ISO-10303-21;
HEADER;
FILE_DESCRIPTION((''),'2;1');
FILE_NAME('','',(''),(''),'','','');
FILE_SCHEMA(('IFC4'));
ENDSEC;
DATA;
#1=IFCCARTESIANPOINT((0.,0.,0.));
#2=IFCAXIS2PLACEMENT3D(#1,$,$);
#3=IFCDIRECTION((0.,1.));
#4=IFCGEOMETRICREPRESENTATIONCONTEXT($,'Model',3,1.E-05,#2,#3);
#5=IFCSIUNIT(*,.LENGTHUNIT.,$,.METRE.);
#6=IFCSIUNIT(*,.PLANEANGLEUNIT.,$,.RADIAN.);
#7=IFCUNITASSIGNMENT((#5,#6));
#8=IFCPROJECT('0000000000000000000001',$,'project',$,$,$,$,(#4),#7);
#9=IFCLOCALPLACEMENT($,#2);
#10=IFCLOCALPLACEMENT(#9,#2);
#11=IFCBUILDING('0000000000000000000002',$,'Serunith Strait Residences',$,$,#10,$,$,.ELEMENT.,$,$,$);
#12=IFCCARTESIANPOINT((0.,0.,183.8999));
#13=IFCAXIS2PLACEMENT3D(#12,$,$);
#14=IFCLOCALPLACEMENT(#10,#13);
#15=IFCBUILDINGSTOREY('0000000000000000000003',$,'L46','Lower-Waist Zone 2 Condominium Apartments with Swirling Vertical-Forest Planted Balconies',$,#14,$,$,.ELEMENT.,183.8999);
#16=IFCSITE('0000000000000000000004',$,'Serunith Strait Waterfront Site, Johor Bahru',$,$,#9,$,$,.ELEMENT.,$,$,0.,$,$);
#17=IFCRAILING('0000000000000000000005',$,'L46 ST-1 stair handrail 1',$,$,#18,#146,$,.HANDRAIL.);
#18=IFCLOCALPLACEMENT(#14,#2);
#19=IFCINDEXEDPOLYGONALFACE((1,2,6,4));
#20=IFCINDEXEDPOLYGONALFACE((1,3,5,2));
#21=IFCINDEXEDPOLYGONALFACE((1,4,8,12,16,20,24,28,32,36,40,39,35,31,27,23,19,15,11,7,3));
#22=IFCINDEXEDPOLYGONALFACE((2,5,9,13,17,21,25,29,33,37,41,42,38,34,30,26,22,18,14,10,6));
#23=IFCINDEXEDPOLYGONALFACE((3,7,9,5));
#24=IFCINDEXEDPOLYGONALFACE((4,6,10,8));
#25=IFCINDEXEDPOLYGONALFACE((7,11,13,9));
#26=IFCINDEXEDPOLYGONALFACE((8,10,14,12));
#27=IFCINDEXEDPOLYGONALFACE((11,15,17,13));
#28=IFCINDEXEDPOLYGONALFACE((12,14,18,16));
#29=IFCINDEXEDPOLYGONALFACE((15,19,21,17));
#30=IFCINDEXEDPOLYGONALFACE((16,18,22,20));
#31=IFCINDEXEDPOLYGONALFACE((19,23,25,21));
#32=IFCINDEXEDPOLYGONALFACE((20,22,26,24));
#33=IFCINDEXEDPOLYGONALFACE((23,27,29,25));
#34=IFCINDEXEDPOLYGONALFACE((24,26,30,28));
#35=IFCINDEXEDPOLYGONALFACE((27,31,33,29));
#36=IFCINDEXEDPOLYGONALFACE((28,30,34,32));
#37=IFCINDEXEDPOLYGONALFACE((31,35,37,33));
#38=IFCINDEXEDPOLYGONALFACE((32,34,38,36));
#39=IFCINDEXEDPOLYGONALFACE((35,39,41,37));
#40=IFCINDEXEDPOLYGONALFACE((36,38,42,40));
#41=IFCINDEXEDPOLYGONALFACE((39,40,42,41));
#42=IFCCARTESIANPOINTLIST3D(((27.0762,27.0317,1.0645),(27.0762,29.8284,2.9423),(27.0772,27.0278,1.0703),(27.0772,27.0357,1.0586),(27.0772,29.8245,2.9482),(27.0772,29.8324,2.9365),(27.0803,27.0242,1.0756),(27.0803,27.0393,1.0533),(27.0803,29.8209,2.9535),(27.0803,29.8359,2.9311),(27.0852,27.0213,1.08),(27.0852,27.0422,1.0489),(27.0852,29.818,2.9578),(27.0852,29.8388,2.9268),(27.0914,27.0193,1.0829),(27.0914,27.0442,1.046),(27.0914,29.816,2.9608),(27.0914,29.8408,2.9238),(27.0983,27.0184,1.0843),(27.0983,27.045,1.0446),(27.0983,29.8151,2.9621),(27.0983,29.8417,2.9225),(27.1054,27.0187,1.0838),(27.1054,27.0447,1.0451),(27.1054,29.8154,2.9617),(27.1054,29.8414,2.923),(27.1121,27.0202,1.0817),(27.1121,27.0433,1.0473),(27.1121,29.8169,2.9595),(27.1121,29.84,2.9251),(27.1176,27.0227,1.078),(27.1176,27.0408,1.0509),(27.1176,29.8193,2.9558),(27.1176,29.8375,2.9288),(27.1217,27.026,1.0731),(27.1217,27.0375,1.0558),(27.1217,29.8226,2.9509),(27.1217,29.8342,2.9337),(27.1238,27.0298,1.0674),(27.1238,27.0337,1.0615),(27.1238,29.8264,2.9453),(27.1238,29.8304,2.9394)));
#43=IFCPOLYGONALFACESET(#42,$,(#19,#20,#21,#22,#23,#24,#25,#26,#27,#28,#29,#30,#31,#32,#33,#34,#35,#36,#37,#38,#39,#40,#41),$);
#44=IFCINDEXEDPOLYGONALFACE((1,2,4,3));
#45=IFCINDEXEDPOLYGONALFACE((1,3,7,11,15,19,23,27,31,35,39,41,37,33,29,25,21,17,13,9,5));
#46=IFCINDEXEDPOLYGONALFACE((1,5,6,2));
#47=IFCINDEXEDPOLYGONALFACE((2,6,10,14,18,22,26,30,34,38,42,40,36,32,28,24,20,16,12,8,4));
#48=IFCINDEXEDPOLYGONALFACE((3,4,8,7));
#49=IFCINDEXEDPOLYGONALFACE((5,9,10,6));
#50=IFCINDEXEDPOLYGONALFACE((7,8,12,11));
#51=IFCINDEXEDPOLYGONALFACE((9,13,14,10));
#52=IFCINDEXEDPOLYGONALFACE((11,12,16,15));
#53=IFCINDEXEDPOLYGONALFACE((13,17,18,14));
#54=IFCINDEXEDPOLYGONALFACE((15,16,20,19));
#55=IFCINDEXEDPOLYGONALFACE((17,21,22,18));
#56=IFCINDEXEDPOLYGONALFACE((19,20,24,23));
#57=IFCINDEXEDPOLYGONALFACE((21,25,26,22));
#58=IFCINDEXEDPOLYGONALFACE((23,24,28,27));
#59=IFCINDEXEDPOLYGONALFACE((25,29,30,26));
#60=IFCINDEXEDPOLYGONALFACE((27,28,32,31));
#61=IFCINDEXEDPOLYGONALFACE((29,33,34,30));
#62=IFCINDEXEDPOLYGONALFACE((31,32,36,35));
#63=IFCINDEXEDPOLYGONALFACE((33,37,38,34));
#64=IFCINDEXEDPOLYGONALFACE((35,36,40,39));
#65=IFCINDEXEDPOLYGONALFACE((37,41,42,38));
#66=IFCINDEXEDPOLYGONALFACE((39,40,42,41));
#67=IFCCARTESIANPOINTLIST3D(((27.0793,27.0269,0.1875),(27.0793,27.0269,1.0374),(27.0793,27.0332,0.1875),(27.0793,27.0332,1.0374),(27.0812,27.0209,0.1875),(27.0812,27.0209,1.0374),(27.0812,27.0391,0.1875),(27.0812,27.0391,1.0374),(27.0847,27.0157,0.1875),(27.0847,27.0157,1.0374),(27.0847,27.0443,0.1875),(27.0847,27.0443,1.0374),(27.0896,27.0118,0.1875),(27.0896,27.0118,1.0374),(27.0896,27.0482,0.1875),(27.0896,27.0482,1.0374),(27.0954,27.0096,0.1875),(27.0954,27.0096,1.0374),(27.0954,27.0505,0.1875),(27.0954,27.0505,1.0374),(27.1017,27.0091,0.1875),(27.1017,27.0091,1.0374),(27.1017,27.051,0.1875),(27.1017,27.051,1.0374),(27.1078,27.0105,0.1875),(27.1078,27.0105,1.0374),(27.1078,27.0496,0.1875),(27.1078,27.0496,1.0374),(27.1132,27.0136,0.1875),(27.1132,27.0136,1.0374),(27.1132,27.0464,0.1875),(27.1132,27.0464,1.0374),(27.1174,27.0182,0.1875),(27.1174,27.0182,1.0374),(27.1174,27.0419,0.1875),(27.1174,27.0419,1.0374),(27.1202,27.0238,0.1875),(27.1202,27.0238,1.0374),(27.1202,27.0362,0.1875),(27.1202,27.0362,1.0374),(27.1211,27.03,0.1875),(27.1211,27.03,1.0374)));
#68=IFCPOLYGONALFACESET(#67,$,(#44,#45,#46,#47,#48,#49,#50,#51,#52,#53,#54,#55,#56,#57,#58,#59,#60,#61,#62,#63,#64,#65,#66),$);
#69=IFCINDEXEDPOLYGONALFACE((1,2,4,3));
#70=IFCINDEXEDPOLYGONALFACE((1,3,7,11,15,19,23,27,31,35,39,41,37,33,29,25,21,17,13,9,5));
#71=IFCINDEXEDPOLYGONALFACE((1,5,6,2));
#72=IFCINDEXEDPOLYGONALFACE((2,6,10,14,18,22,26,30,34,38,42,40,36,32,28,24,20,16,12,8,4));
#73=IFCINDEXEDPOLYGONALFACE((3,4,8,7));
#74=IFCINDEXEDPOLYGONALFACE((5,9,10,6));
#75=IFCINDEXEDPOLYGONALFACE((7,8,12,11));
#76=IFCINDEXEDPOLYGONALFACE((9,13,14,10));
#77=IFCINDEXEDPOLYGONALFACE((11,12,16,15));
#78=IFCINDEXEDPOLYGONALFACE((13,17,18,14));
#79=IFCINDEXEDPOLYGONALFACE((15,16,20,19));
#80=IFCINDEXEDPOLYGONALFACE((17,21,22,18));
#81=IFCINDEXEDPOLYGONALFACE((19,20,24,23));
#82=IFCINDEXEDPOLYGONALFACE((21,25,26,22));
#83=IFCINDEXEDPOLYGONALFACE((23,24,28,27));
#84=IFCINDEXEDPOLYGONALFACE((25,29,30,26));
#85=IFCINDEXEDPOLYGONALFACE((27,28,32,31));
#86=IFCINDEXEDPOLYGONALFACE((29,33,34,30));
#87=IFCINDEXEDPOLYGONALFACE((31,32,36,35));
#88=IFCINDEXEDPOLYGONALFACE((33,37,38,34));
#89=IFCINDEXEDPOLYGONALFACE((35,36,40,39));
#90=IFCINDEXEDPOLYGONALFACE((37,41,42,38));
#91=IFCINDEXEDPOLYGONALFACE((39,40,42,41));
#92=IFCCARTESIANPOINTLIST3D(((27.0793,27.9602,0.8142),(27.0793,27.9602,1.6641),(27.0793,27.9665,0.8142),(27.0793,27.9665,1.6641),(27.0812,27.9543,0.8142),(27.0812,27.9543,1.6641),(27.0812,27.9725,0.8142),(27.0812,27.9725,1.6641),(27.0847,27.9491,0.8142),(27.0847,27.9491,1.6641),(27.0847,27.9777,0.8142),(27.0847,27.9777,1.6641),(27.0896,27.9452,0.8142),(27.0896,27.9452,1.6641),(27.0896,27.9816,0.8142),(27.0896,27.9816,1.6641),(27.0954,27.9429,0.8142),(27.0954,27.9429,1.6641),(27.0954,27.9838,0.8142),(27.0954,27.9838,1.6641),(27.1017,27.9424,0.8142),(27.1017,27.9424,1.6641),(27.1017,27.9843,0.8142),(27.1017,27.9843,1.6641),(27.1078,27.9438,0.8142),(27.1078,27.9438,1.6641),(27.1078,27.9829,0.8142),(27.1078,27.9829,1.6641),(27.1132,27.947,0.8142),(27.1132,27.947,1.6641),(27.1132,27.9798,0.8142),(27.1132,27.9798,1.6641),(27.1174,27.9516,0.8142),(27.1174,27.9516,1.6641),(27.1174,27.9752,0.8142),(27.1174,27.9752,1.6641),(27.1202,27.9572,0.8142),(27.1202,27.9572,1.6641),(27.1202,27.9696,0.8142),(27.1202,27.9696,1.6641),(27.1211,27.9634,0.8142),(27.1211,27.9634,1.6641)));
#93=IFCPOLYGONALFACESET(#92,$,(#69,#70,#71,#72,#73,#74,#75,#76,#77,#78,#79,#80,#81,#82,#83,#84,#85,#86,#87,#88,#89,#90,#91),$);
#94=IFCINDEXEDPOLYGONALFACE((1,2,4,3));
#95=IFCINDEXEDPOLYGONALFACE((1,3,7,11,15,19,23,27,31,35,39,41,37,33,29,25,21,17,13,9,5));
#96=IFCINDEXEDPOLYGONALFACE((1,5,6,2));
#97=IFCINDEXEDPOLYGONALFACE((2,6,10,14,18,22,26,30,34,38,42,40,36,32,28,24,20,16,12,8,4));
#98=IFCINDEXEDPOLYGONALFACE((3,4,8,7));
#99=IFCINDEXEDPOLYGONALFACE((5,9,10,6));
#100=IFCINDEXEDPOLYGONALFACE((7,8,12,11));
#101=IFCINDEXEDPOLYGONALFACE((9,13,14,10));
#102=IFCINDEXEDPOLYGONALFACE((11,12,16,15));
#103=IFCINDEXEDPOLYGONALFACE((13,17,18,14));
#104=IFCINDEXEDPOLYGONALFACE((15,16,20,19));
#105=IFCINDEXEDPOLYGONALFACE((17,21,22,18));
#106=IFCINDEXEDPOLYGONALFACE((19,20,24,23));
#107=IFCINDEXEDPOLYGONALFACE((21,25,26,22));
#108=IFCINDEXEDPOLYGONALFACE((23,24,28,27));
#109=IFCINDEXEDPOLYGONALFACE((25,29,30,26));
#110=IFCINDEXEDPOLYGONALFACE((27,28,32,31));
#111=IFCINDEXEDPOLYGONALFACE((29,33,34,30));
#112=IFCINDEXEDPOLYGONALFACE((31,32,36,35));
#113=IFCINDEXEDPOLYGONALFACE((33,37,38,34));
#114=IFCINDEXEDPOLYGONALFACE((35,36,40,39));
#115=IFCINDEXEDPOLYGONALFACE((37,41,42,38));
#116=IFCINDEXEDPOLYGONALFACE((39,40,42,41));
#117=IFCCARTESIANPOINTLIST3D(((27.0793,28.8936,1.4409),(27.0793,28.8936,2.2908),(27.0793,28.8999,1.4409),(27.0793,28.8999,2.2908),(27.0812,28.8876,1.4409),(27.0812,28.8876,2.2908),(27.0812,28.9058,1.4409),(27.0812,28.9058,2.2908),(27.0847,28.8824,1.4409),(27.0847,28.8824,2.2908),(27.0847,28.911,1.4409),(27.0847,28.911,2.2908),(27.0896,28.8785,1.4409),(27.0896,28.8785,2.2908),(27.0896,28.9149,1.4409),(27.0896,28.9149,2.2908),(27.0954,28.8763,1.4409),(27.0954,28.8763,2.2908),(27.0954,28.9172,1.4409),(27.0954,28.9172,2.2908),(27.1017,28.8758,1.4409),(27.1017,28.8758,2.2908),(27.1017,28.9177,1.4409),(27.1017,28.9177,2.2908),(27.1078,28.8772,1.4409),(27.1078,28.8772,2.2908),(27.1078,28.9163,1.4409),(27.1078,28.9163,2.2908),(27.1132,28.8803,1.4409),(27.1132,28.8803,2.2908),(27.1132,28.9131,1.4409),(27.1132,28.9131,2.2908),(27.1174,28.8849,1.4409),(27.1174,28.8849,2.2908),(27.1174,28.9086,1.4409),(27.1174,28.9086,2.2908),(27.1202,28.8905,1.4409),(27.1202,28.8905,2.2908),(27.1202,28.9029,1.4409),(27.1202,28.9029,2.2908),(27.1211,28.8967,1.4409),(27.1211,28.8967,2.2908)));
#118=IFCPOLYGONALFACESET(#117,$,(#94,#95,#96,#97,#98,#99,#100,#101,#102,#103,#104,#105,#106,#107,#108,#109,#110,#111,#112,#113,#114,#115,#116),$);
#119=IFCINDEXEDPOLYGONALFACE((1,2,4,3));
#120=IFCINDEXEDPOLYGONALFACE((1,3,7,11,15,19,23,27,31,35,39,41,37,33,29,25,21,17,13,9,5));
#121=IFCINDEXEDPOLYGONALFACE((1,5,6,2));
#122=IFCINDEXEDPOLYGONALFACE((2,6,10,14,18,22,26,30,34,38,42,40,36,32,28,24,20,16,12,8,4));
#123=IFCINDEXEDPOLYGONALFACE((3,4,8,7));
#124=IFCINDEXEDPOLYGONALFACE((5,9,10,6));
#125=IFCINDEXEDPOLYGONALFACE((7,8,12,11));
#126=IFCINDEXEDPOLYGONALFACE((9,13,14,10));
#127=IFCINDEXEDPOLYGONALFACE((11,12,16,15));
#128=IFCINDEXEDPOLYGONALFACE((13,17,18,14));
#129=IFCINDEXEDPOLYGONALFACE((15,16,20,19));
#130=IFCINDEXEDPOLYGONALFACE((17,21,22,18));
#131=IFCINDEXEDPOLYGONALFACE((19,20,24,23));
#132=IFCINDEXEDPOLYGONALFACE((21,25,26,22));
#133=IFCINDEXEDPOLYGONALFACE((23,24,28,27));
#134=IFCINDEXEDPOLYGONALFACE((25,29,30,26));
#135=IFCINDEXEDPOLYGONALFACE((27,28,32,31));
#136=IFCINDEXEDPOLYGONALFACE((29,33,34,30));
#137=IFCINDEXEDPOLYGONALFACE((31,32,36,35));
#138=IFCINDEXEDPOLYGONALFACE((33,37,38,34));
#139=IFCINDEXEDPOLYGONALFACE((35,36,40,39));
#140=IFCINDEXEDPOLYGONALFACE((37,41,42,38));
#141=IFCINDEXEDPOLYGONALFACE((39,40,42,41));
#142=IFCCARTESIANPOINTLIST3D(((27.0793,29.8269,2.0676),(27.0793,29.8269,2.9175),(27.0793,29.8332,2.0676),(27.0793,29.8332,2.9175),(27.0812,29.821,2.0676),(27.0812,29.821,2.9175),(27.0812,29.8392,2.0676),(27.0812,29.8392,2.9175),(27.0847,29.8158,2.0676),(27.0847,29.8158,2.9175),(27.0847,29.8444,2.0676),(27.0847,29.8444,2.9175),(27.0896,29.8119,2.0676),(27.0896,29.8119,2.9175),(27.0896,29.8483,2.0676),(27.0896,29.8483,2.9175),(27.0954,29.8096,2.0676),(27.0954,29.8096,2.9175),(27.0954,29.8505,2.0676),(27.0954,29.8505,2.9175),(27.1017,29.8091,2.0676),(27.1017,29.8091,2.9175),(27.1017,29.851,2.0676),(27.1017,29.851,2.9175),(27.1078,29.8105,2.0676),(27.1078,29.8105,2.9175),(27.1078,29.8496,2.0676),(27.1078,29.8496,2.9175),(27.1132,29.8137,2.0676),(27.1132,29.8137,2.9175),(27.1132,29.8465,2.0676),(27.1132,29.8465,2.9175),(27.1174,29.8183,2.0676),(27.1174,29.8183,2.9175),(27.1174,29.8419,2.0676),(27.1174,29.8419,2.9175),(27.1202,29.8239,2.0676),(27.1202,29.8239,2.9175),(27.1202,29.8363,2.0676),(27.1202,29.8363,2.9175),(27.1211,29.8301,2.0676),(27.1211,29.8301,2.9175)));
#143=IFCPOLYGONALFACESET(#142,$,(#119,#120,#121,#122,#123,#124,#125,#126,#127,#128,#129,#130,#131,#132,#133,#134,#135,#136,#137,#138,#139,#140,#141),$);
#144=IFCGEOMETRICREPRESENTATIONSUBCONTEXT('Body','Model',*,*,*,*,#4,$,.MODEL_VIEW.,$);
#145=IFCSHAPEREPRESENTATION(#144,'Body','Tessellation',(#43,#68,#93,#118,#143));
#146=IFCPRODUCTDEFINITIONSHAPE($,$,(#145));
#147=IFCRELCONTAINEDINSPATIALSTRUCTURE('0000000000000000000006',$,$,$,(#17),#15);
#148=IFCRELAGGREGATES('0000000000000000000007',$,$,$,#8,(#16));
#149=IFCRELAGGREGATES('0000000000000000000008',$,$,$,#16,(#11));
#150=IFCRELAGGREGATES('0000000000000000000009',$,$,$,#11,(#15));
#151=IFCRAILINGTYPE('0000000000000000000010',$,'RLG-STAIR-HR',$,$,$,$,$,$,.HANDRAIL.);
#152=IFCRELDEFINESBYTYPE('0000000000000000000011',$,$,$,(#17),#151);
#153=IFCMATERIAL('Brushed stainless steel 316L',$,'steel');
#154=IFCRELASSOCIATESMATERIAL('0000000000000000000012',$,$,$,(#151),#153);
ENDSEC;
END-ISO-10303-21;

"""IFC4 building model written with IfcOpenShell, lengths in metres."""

from ifc_helpers import new_model, si_unit, direction, frame, origin, origin_2d, place, context, subcontext, project, spatial, circle, extrude, material, type_object, element, save


model = new_model("IFC4")

# Units and contexts
model_context = context("Model", 3, precision=1e-05, world=origin(), true_north=direction((0.0, 1.0)))
body_context = subcontext(model_context, "Body", "Model", "MODEL_VIEW")
ifc_project = project(units=[si_unit("LENGTHUNIT", "METRE"), si_unit("PLANEANGLEUNIT", "RADIAN")], contexts=[model_context])

# Site, building, storey
site_placement = place(None, origin())
site = spatial("IfcSite", under=ifc_project, at=site_placement, Name="Serunith Strait Waterfront Site, Johor Bahru", CompositionType="ELEMENT", RefElevation=0.0)
building_placement = place(site_placement, origin())
building = spatial("IfcBuilding", under=site, at=building_placement, Name="Serunith Strait Residences", CompositionType="ELEMENT")
storey_placement = place(building_placement, frame((0.0, 0.0, 183.8999)))
storey = spatial("IfcBuildingStorey", under=building, at=storey_placement, Name="L46", Description="Lower-Waist Zone 2 Condominium Apartments with Swirling Vertical-Forest Planted Balconies", CompositionType="ELEMENT", Elevation=183.8999)

# Railing
ifc_material_1 = material(Name="Brushed stainless steel 316L", Category="steel")
railing_type_1 = type_object("IfcRailingType", Name="RLG-STAIR-HR", PredefinedType="HANDRAIL", material=ifc_material_1)
railing_1_placement = place(storey_placement, frame((27.1001, 27.03, 0.1875)))
element("IfcRailing", 1, at=railing_1_placement, inside=storey, type_object=railing_type_1, Name="L46 ST-1 stair handrail 1", PredefinedType="HANDRAIL", context=body_context, shape_type="SweptSolid", body=[
    extrude(circle(Radius=0.0239, at=origin_2d()), frame((0.0, 0.0017, 0.877), z_axis=(0.0, 0.830208, 0.557453), x_axis=(-1.0, 0.0, 0.0)), (0.0, 0.0, 1.0), 3.3687),
    extrude(circle(Radius=0.021, at=origin_2d()), origin(), (0.0, 0.0, 1.0), 0.8499),
    extrude(circle(Radius=0.021, at=origin_2d()), frame((0.0, 0.9333, 0.6267)), (0.0, 0.0, 1.0), 0.8499),
    extrude(circle(Radius=0.021, at=origin_2d()), frame((0.0, 1.8667, 1.2534)), (0.0, 0.0, 1.0), 0.8499),
    extrude(circle(Radius=0.021, at=origin_2d()), frame((0.0, 2.8, 1.8801)), (0.0, 0.0, 1.0), 0.8499),
])

save(model, "model.ifc")
